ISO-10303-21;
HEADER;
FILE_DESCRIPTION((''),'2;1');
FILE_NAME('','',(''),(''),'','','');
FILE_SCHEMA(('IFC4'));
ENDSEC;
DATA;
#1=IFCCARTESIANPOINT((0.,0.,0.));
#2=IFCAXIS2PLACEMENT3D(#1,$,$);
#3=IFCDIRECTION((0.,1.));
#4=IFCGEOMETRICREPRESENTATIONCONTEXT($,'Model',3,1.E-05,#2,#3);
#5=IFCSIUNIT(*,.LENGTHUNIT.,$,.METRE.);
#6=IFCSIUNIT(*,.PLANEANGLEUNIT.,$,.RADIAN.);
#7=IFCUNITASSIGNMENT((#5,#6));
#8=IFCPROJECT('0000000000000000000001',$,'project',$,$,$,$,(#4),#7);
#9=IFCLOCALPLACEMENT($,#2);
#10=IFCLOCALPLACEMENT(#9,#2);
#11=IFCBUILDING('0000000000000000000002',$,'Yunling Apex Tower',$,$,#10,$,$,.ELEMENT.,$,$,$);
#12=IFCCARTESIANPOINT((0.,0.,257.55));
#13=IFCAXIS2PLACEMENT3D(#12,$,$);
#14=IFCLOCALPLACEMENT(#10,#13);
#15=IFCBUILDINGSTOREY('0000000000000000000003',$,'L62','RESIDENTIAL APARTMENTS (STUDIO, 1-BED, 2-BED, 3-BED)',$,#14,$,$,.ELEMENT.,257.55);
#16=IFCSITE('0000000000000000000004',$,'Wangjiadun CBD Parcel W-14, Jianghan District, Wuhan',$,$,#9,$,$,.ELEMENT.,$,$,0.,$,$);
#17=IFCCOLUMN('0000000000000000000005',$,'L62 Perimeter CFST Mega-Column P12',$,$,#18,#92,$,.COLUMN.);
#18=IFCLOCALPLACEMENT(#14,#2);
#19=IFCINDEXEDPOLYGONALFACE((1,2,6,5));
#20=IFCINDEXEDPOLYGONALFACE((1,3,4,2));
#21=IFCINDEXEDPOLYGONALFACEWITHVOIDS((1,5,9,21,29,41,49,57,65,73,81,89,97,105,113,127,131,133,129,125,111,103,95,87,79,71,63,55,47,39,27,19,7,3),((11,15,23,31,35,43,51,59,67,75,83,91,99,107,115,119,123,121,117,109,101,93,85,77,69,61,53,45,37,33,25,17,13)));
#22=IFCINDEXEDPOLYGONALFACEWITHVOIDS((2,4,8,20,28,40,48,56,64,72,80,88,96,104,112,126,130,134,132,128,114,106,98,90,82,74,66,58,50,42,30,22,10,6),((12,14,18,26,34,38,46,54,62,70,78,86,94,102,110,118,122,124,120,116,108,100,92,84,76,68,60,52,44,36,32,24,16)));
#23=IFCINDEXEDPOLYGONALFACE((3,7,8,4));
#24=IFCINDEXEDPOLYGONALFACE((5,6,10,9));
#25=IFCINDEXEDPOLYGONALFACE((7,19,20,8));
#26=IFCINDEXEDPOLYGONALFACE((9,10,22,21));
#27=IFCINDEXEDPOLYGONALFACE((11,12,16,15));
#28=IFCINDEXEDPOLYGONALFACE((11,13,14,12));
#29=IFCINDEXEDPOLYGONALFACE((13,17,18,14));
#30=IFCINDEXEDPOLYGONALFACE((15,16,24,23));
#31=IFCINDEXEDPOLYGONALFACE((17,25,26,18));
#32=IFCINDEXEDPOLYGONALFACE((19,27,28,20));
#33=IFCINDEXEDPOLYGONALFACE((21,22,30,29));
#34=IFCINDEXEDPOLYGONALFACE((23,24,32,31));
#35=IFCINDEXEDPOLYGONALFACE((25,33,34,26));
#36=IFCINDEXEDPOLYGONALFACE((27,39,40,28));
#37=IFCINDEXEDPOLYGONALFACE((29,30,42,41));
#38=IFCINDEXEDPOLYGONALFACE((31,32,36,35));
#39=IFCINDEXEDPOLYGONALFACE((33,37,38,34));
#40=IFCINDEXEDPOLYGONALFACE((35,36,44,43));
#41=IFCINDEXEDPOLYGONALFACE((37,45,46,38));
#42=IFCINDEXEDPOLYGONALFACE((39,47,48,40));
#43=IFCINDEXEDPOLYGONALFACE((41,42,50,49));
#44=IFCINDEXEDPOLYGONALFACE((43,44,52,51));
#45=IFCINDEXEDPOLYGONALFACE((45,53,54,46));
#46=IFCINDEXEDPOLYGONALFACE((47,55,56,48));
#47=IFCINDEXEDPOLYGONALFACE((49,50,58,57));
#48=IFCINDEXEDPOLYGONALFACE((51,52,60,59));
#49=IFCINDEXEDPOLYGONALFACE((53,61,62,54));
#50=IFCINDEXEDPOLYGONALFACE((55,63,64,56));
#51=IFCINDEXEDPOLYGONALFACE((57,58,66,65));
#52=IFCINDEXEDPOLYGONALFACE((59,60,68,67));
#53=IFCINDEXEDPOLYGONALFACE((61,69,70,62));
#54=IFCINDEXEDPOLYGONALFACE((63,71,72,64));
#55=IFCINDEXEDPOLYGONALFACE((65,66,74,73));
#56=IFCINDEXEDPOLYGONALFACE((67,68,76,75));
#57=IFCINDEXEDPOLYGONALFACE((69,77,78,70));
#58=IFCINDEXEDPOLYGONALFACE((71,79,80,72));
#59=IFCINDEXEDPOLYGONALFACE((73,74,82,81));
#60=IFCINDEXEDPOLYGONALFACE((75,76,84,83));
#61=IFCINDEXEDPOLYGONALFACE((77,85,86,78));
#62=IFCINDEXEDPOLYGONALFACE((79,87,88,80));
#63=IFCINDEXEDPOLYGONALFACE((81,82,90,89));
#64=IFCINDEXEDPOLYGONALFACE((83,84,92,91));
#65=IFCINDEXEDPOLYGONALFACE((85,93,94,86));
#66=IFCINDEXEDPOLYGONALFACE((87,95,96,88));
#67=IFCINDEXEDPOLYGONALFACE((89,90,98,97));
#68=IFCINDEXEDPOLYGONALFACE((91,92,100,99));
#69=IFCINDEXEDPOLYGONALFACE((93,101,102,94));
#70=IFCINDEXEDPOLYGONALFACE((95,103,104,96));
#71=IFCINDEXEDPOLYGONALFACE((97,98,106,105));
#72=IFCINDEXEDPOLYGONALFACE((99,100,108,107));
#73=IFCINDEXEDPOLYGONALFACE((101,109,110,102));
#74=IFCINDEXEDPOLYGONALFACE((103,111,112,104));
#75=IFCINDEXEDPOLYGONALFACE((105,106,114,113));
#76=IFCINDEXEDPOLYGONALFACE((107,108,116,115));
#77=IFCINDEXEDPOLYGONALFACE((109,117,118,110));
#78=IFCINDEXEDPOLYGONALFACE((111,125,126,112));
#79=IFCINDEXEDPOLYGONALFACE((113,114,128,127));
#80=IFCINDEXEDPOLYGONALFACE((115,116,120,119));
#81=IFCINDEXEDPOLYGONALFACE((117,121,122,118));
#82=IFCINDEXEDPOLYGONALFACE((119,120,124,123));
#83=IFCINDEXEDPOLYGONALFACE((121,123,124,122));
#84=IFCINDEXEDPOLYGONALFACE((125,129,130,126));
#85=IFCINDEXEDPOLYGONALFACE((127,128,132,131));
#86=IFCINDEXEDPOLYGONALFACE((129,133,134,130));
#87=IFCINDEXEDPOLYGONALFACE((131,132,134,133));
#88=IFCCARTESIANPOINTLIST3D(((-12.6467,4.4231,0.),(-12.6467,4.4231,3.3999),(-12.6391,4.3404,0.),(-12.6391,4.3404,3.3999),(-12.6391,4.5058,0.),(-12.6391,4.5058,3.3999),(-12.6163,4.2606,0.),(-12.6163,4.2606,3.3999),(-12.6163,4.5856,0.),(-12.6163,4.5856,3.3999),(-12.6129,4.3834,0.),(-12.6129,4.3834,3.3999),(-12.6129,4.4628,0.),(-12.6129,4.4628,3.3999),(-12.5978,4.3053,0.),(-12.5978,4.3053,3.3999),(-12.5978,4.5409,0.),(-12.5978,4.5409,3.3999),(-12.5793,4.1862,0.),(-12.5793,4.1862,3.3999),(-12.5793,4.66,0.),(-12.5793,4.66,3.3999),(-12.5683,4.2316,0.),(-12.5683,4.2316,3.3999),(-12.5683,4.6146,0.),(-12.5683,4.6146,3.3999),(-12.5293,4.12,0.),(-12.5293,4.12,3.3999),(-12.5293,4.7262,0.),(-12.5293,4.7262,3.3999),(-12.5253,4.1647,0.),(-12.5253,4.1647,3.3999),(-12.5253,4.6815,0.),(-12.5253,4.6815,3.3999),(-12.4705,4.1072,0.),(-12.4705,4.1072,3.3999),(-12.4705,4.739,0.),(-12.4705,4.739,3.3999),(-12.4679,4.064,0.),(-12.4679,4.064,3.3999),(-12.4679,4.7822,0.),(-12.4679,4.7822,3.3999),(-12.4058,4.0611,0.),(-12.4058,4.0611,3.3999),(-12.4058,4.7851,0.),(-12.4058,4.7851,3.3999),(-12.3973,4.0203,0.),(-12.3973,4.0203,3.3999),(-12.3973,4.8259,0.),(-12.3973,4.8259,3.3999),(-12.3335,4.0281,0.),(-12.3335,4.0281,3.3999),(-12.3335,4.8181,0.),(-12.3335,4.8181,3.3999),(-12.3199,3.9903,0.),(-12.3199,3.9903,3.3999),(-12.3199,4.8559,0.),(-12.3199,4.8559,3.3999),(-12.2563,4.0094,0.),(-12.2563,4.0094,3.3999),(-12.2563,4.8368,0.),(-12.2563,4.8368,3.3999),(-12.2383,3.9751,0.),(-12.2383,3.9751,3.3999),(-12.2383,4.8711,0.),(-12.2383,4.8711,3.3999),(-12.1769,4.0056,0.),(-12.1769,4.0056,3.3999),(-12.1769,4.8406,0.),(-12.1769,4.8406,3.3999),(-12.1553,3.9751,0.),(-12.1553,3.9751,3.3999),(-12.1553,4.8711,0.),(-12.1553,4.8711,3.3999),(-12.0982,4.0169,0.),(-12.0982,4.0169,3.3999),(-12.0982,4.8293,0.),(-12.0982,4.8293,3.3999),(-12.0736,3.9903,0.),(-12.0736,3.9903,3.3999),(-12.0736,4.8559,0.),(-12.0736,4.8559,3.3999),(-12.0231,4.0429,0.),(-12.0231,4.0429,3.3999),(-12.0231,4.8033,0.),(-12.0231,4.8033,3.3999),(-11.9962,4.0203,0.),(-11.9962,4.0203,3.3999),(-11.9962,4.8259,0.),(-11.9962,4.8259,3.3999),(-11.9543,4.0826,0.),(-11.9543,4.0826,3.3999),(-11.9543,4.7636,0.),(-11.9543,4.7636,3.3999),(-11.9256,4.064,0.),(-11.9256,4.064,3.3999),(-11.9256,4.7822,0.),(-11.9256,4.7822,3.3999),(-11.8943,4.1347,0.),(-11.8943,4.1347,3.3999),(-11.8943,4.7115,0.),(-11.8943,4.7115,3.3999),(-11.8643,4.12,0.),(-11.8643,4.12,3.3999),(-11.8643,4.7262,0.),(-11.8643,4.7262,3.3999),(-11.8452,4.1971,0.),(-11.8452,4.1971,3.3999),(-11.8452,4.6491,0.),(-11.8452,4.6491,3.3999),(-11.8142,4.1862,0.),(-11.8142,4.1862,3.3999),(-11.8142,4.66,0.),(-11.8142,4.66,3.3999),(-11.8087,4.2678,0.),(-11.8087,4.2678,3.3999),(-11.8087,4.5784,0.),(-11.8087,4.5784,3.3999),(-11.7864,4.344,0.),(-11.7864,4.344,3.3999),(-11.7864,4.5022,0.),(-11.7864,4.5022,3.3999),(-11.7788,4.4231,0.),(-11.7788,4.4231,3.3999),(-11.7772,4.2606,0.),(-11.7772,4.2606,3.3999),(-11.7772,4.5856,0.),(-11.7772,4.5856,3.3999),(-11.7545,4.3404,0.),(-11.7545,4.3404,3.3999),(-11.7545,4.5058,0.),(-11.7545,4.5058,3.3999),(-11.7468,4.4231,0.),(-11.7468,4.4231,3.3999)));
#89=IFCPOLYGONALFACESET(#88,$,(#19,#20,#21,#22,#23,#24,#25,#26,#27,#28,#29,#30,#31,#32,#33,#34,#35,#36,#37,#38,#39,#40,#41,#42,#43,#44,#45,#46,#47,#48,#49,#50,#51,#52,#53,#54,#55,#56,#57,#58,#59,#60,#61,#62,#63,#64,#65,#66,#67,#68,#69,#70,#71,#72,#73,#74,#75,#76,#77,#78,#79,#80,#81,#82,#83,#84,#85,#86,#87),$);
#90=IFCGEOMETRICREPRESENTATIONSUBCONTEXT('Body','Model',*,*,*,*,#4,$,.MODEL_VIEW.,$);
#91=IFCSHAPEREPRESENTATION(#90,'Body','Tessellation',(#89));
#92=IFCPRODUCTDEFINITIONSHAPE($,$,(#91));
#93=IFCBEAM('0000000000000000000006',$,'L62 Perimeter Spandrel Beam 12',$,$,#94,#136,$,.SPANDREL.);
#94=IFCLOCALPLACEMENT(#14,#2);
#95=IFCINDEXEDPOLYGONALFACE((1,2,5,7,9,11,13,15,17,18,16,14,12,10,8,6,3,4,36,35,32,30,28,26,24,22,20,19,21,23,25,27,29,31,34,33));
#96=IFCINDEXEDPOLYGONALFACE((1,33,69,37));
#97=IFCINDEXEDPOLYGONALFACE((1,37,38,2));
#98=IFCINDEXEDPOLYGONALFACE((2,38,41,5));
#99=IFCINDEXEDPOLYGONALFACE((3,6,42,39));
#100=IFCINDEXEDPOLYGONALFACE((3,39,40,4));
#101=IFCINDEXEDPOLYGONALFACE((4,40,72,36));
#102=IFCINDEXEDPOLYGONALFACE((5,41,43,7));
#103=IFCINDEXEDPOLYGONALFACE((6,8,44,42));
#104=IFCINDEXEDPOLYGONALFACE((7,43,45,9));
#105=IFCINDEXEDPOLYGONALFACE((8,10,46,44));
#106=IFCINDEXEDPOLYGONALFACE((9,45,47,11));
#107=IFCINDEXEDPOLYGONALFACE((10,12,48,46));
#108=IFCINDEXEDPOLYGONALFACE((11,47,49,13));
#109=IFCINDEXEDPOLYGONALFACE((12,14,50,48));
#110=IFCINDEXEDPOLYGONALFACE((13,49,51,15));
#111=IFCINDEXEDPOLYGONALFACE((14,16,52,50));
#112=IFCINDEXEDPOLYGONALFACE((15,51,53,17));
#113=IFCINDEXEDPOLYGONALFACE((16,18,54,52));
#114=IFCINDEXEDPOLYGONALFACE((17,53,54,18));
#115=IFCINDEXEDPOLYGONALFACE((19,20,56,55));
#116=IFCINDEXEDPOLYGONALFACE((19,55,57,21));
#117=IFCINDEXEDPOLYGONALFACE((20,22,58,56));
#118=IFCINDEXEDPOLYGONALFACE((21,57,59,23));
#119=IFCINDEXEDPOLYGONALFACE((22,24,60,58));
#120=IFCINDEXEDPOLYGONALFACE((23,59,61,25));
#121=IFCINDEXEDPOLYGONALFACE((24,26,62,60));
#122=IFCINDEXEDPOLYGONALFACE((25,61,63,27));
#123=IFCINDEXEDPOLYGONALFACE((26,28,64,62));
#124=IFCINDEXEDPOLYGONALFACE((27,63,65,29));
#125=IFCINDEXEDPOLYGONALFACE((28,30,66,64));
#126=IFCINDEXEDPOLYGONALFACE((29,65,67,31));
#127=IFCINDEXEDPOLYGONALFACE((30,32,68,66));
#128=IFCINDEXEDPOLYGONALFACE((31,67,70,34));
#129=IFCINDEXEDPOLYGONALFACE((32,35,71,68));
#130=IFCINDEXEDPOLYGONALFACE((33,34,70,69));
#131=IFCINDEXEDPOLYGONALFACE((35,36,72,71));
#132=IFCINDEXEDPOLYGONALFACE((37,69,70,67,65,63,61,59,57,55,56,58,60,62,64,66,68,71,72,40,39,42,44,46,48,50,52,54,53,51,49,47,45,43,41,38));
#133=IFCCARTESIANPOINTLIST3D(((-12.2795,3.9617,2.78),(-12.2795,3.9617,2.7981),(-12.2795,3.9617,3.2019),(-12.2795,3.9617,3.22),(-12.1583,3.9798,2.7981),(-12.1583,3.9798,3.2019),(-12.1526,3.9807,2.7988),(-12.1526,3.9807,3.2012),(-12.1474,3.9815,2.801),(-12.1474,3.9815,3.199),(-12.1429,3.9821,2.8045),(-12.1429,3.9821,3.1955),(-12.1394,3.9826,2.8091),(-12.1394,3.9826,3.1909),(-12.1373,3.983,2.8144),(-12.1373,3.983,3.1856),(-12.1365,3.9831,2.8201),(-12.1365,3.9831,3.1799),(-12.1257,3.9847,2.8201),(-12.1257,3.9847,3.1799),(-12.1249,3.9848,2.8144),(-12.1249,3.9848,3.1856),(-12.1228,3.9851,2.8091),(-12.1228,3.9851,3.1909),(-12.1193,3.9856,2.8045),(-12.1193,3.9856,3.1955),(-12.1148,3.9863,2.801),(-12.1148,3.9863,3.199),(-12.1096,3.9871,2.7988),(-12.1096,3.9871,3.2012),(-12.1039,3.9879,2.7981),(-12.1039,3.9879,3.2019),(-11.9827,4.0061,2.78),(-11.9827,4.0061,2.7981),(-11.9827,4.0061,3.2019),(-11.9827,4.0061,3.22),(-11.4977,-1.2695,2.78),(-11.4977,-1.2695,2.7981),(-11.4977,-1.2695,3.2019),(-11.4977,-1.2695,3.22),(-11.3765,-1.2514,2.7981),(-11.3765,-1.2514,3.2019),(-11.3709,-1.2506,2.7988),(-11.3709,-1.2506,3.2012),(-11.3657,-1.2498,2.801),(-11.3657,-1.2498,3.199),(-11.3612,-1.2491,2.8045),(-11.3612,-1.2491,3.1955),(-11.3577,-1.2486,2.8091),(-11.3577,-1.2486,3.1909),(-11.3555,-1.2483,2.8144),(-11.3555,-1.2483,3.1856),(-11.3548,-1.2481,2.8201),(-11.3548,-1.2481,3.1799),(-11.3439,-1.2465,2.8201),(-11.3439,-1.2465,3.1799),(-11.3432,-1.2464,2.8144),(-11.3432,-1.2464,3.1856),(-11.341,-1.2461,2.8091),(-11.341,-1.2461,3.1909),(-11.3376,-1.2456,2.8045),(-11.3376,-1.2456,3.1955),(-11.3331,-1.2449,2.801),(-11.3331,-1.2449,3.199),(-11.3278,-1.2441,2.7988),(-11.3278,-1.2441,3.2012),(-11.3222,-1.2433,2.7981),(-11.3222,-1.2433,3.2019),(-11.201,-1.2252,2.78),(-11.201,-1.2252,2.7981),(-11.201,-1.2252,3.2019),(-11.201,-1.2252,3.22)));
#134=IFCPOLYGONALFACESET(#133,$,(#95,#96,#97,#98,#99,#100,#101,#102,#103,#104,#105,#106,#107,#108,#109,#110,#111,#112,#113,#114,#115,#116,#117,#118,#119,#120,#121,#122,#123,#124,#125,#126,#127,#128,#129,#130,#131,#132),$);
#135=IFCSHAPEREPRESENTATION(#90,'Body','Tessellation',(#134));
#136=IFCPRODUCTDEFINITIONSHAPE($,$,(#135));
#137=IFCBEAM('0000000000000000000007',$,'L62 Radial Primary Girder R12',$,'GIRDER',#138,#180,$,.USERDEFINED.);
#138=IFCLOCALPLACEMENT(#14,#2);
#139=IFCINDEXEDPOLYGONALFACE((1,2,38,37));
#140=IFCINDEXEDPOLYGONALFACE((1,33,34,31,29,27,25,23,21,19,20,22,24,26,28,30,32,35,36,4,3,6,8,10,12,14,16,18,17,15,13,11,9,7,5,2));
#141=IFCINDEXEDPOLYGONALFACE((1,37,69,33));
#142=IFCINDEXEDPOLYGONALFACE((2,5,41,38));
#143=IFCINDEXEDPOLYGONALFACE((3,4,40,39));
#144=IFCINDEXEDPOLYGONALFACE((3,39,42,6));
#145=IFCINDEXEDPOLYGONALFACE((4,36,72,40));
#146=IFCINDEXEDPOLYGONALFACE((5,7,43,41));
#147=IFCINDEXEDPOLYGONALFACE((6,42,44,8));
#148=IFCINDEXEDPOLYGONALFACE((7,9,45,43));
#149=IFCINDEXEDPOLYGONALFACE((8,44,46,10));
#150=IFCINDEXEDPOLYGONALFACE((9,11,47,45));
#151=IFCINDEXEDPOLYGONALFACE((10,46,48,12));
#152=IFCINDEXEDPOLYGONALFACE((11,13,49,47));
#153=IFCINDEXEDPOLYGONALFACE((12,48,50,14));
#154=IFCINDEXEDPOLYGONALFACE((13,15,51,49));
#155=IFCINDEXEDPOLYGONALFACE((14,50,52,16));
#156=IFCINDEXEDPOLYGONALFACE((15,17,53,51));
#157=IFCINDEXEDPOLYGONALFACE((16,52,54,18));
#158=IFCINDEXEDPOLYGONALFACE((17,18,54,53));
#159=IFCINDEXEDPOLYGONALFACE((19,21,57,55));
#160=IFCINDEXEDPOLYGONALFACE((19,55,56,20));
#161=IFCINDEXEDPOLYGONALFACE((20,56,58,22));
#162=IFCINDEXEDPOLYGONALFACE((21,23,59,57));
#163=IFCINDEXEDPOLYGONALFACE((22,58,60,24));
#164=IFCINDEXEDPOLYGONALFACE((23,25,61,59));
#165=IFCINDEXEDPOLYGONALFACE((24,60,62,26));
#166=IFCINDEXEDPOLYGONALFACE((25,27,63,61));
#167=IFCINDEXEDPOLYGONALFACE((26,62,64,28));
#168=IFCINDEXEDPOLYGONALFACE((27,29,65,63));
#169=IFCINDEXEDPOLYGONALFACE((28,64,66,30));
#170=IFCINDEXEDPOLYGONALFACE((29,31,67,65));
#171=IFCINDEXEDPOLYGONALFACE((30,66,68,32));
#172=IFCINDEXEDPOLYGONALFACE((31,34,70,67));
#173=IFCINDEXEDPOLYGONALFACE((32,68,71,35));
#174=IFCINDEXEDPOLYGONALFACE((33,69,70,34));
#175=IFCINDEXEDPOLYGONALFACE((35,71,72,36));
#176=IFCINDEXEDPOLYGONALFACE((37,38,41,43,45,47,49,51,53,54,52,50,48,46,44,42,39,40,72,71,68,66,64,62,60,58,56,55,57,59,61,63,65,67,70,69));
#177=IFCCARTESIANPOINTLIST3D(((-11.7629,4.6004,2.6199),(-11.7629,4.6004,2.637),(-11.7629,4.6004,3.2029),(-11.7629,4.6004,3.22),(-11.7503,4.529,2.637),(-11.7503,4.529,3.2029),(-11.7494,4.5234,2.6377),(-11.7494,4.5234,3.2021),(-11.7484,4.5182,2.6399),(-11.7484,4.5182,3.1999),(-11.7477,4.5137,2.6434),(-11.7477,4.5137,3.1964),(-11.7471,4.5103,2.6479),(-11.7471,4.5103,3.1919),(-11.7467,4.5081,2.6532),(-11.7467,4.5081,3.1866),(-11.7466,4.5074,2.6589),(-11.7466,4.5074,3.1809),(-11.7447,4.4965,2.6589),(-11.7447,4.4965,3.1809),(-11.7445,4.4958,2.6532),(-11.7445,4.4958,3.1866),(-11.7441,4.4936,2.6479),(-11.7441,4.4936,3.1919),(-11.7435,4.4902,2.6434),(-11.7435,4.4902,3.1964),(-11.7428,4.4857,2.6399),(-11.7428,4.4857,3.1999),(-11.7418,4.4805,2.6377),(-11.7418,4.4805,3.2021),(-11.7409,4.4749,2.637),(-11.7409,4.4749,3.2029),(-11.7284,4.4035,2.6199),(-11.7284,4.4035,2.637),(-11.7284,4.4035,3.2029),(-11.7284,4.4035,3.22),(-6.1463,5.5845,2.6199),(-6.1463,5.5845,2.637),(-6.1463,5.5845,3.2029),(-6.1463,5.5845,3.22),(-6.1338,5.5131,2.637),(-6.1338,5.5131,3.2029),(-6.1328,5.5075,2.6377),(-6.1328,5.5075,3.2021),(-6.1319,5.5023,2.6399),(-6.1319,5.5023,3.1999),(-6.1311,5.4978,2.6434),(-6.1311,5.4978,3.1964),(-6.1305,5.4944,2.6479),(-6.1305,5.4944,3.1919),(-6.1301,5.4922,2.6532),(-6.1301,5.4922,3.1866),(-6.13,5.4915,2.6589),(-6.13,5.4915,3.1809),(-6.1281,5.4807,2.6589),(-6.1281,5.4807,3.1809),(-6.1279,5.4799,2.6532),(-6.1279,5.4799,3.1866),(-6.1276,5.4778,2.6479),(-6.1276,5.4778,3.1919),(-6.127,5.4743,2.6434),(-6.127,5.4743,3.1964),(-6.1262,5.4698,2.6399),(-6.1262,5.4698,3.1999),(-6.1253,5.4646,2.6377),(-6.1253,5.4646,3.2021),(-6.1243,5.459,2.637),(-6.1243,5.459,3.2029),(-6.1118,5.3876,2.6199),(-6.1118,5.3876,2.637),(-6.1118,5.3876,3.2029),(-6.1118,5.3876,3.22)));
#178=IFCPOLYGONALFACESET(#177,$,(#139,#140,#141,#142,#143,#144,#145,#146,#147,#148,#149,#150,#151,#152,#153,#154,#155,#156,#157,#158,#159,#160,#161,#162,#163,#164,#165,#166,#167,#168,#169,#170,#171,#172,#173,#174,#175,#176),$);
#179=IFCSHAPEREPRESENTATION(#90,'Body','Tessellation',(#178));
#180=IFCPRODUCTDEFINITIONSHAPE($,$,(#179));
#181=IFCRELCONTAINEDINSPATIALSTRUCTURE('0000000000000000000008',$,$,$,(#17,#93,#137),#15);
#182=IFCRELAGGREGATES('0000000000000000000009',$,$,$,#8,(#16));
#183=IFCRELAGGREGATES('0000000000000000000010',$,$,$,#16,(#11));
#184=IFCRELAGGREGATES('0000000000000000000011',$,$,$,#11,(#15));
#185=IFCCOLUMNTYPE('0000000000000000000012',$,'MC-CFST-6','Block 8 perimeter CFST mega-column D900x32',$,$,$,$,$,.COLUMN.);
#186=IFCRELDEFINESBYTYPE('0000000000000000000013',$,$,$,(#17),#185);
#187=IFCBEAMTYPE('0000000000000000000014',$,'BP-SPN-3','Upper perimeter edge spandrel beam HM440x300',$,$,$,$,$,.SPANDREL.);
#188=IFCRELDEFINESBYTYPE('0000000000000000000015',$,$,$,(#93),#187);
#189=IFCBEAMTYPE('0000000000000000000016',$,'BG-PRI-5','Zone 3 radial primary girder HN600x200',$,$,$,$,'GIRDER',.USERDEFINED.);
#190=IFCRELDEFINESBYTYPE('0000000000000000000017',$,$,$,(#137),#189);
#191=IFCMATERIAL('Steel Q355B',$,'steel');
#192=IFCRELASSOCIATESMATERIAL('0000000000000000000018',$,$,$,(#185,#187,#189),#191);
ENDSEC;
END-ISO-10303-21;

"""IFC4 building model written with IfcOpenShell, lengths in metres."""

from ifc_helpers import new_model, si_unit, direction, frame, origin, origin_2d, place, context, subcontext, project, spatial, hollow_circle, i_section, extrude, source, transform, mapped, material, material_profile, profile_set, type_object, element, save


model = new_model("IFC4")

# Units and contexts
model_context = context("Model", 3, precision=1e-05, world=origin(), true_north=direction((0.0, 1.0)))
body_context = subcontext(model_context, "Body", "Model", "MODEL_VIEW")
ifc_project = project(units=[si_unit("LENGTHUNIT", "METRE"), si_unit("PLANEANGLEUNIT", "RADIAN")], contexts=[model_context])

# Site, building, storey
site_placement = place(None, origin())
site = spatial("IfcSite", under=ifc_project, at=site_placement, Name="Wangjiadun CBD Parcel W-14, Jianghan District, Wuhan", CompositionType="ELEMENT", RefElevation=0.0)
building_placement = place(site_placement, origin())
building = spatial("IfcBuilding", under=site, at=building_placement, Name="Yunling Apex Tower", CompositionType="ELEMENT")
storey_placement = place(building_placement, frame((0.0, 0.0, 257.55)))
storey = spatial("IfcBuildingStorey", under=building, at=storey_placement, Name="L62", Description="RESIDENTIAL APARTMENTS (STUDIO, 1-BED, 2-BED, 3-BED)", CompositionType="ELEMENT", Elevation=257.55)

# Column
ifc_material_1 = material(Name="Steel Q355B", Category="steel")
ifc_material_profile_1 = material_profile(ifc_material_1, hollow_circle(Radius=0.45, WallThickness=0.032, at=origin_2d()))
ifc_profile_set_1 = profile_set([ifc_material_profile_1], Name="Steel Q355B")
column_type = type_object("IfcColumnType", Name="MC-CFST-6", Description="Block 8 perimeter CFST mega-column D900x32", PredefinedType="COLUMN", material=ifc_profile_set_1)
shared_shape_1 = source(origin(), body_context, "Body", "SweptSolid", [
    extrude(hollow_circle(Radius=0.45, WallThickness=0.032, at=origin_2d()), origin(), (0.0, 0.0, 1.0), 3.3999),
])
column_placement = place(storey_placement, frame((-12.1968, 4.4231, 0.0), z_axis=(0.0, 0.0, 1.0), x_axis=(1.0, 0.0, 0.0)))
element("IfcColumn", 1, at=column_placement, inside=storey, type_object=column_type, Name="L62 Perimeter CFST Mega-Column P12", PredefinedType="COLUMN", context=body_context, shape_type="MappedRepresentation", body=[
    mapped(shared_shape_1, transform((0.0, 0.0, 0.0), scale=1.0)),
])

# Beams
ifc_material_profile_2 = material_profile(ifc_material_1, i_section(OverallWidth=0.3, OverallDepth=0.4399, WebThickness=0.011, FlangeThickness=0.0181, FilletRadius=0.022, at=origin_2d()))
ifc_profile_set_2 = profile_set([ifc_material_profile_2], Name="Steel Q355B")
beam_type_1 = type_object("IfcBeamType", Name="BP-SPN-3", Description="Upper perimeter edge spandrel beam HM440x300", PredefinedType="SPANDREL", material=ifc_profile_set_2)
shared_shape_2 = source(origin(), body_context, "Body", "SweptSolid", [
    extrude(i_section(OverallWidth=0.3, OverallDepth=0.4399, WebThickness=0.011, FlangeThickness=0.0181, FilletRadius=0.022, at=origin_2d()), origin(), (0.0, 0.0, 1.0), 5.2893),
])
beam_1_placement = place(storey_placement, frame((-12.1311, 3.9839, 3.0), z_axis=(0.147796, -0.989018, 0.0), x_axis=(0.989018, 0.147796, 0.0)))
element("IfcBeam", 2, at=beam_1_placement, inside=storey, type_object=beam_type_1, Name="L62 Perimeter Spandrel Beam 12", PredefinedType="SPANDREL", context=body_context, shape_type="MappedRepresentation", body=[
    mapped(shared_shape_2, transform((0.0, 0.0, 0.0), scale=1.0)),
])
ifc_material_profile_3 = material_profile(ifc_material_1, i_section(OverallWidth=0.2, OverallDepth=0.6001, WebThickness=0.011, FlangeThickness=0.0171, FilletRadius=0.022, at=origin_2d()))
ifc_profile_set_3 = profile_set([ifc_material_profile_3], Name="Steel Q355B")
beam_type_2 = type_object("IfcBeamType", Name="BG-PRI-5", Description="Zone 3 radial primary girder HN600x200", ElementType="GIRDER", PredefinedType="USERDEFINED", material=ifc_profile_set_3)
shared_shape_3 = source(origin(), body_context, "Body", "SweptSolid", [
    extrude(i_section(OverallWidth=0.2, OverallDepth=0.6001, WebThickness=0.011, FlangeThickness=0.0171, FilletRadius=0.022, at=origin_2d()), origin(), (0.0, 0.0, 1.0), 5.7021),
])
beam_2_placement = place(storey_placement, frame((-11.7456, 4.502, 2.9199), z_axis=(0.984994, 0.172586, 0.0), x_axis=(-0.172586, 0.984994, 0.0)))
element("IfcBeam", 3, at=beam_2_placement, inside=storey, type_object=beam_type_2, Name="L62 Radial Primary Girder R12", ObjectType="GIRDER", PredefinedType="USERDEFINED", context=body_context, shape_type="MappedRepresentation", body=[
    mapped(shared_shape_3, transform((0.0, 0.0, 0.0), scale=1.0)),
])

save(model, "model.ifc")
